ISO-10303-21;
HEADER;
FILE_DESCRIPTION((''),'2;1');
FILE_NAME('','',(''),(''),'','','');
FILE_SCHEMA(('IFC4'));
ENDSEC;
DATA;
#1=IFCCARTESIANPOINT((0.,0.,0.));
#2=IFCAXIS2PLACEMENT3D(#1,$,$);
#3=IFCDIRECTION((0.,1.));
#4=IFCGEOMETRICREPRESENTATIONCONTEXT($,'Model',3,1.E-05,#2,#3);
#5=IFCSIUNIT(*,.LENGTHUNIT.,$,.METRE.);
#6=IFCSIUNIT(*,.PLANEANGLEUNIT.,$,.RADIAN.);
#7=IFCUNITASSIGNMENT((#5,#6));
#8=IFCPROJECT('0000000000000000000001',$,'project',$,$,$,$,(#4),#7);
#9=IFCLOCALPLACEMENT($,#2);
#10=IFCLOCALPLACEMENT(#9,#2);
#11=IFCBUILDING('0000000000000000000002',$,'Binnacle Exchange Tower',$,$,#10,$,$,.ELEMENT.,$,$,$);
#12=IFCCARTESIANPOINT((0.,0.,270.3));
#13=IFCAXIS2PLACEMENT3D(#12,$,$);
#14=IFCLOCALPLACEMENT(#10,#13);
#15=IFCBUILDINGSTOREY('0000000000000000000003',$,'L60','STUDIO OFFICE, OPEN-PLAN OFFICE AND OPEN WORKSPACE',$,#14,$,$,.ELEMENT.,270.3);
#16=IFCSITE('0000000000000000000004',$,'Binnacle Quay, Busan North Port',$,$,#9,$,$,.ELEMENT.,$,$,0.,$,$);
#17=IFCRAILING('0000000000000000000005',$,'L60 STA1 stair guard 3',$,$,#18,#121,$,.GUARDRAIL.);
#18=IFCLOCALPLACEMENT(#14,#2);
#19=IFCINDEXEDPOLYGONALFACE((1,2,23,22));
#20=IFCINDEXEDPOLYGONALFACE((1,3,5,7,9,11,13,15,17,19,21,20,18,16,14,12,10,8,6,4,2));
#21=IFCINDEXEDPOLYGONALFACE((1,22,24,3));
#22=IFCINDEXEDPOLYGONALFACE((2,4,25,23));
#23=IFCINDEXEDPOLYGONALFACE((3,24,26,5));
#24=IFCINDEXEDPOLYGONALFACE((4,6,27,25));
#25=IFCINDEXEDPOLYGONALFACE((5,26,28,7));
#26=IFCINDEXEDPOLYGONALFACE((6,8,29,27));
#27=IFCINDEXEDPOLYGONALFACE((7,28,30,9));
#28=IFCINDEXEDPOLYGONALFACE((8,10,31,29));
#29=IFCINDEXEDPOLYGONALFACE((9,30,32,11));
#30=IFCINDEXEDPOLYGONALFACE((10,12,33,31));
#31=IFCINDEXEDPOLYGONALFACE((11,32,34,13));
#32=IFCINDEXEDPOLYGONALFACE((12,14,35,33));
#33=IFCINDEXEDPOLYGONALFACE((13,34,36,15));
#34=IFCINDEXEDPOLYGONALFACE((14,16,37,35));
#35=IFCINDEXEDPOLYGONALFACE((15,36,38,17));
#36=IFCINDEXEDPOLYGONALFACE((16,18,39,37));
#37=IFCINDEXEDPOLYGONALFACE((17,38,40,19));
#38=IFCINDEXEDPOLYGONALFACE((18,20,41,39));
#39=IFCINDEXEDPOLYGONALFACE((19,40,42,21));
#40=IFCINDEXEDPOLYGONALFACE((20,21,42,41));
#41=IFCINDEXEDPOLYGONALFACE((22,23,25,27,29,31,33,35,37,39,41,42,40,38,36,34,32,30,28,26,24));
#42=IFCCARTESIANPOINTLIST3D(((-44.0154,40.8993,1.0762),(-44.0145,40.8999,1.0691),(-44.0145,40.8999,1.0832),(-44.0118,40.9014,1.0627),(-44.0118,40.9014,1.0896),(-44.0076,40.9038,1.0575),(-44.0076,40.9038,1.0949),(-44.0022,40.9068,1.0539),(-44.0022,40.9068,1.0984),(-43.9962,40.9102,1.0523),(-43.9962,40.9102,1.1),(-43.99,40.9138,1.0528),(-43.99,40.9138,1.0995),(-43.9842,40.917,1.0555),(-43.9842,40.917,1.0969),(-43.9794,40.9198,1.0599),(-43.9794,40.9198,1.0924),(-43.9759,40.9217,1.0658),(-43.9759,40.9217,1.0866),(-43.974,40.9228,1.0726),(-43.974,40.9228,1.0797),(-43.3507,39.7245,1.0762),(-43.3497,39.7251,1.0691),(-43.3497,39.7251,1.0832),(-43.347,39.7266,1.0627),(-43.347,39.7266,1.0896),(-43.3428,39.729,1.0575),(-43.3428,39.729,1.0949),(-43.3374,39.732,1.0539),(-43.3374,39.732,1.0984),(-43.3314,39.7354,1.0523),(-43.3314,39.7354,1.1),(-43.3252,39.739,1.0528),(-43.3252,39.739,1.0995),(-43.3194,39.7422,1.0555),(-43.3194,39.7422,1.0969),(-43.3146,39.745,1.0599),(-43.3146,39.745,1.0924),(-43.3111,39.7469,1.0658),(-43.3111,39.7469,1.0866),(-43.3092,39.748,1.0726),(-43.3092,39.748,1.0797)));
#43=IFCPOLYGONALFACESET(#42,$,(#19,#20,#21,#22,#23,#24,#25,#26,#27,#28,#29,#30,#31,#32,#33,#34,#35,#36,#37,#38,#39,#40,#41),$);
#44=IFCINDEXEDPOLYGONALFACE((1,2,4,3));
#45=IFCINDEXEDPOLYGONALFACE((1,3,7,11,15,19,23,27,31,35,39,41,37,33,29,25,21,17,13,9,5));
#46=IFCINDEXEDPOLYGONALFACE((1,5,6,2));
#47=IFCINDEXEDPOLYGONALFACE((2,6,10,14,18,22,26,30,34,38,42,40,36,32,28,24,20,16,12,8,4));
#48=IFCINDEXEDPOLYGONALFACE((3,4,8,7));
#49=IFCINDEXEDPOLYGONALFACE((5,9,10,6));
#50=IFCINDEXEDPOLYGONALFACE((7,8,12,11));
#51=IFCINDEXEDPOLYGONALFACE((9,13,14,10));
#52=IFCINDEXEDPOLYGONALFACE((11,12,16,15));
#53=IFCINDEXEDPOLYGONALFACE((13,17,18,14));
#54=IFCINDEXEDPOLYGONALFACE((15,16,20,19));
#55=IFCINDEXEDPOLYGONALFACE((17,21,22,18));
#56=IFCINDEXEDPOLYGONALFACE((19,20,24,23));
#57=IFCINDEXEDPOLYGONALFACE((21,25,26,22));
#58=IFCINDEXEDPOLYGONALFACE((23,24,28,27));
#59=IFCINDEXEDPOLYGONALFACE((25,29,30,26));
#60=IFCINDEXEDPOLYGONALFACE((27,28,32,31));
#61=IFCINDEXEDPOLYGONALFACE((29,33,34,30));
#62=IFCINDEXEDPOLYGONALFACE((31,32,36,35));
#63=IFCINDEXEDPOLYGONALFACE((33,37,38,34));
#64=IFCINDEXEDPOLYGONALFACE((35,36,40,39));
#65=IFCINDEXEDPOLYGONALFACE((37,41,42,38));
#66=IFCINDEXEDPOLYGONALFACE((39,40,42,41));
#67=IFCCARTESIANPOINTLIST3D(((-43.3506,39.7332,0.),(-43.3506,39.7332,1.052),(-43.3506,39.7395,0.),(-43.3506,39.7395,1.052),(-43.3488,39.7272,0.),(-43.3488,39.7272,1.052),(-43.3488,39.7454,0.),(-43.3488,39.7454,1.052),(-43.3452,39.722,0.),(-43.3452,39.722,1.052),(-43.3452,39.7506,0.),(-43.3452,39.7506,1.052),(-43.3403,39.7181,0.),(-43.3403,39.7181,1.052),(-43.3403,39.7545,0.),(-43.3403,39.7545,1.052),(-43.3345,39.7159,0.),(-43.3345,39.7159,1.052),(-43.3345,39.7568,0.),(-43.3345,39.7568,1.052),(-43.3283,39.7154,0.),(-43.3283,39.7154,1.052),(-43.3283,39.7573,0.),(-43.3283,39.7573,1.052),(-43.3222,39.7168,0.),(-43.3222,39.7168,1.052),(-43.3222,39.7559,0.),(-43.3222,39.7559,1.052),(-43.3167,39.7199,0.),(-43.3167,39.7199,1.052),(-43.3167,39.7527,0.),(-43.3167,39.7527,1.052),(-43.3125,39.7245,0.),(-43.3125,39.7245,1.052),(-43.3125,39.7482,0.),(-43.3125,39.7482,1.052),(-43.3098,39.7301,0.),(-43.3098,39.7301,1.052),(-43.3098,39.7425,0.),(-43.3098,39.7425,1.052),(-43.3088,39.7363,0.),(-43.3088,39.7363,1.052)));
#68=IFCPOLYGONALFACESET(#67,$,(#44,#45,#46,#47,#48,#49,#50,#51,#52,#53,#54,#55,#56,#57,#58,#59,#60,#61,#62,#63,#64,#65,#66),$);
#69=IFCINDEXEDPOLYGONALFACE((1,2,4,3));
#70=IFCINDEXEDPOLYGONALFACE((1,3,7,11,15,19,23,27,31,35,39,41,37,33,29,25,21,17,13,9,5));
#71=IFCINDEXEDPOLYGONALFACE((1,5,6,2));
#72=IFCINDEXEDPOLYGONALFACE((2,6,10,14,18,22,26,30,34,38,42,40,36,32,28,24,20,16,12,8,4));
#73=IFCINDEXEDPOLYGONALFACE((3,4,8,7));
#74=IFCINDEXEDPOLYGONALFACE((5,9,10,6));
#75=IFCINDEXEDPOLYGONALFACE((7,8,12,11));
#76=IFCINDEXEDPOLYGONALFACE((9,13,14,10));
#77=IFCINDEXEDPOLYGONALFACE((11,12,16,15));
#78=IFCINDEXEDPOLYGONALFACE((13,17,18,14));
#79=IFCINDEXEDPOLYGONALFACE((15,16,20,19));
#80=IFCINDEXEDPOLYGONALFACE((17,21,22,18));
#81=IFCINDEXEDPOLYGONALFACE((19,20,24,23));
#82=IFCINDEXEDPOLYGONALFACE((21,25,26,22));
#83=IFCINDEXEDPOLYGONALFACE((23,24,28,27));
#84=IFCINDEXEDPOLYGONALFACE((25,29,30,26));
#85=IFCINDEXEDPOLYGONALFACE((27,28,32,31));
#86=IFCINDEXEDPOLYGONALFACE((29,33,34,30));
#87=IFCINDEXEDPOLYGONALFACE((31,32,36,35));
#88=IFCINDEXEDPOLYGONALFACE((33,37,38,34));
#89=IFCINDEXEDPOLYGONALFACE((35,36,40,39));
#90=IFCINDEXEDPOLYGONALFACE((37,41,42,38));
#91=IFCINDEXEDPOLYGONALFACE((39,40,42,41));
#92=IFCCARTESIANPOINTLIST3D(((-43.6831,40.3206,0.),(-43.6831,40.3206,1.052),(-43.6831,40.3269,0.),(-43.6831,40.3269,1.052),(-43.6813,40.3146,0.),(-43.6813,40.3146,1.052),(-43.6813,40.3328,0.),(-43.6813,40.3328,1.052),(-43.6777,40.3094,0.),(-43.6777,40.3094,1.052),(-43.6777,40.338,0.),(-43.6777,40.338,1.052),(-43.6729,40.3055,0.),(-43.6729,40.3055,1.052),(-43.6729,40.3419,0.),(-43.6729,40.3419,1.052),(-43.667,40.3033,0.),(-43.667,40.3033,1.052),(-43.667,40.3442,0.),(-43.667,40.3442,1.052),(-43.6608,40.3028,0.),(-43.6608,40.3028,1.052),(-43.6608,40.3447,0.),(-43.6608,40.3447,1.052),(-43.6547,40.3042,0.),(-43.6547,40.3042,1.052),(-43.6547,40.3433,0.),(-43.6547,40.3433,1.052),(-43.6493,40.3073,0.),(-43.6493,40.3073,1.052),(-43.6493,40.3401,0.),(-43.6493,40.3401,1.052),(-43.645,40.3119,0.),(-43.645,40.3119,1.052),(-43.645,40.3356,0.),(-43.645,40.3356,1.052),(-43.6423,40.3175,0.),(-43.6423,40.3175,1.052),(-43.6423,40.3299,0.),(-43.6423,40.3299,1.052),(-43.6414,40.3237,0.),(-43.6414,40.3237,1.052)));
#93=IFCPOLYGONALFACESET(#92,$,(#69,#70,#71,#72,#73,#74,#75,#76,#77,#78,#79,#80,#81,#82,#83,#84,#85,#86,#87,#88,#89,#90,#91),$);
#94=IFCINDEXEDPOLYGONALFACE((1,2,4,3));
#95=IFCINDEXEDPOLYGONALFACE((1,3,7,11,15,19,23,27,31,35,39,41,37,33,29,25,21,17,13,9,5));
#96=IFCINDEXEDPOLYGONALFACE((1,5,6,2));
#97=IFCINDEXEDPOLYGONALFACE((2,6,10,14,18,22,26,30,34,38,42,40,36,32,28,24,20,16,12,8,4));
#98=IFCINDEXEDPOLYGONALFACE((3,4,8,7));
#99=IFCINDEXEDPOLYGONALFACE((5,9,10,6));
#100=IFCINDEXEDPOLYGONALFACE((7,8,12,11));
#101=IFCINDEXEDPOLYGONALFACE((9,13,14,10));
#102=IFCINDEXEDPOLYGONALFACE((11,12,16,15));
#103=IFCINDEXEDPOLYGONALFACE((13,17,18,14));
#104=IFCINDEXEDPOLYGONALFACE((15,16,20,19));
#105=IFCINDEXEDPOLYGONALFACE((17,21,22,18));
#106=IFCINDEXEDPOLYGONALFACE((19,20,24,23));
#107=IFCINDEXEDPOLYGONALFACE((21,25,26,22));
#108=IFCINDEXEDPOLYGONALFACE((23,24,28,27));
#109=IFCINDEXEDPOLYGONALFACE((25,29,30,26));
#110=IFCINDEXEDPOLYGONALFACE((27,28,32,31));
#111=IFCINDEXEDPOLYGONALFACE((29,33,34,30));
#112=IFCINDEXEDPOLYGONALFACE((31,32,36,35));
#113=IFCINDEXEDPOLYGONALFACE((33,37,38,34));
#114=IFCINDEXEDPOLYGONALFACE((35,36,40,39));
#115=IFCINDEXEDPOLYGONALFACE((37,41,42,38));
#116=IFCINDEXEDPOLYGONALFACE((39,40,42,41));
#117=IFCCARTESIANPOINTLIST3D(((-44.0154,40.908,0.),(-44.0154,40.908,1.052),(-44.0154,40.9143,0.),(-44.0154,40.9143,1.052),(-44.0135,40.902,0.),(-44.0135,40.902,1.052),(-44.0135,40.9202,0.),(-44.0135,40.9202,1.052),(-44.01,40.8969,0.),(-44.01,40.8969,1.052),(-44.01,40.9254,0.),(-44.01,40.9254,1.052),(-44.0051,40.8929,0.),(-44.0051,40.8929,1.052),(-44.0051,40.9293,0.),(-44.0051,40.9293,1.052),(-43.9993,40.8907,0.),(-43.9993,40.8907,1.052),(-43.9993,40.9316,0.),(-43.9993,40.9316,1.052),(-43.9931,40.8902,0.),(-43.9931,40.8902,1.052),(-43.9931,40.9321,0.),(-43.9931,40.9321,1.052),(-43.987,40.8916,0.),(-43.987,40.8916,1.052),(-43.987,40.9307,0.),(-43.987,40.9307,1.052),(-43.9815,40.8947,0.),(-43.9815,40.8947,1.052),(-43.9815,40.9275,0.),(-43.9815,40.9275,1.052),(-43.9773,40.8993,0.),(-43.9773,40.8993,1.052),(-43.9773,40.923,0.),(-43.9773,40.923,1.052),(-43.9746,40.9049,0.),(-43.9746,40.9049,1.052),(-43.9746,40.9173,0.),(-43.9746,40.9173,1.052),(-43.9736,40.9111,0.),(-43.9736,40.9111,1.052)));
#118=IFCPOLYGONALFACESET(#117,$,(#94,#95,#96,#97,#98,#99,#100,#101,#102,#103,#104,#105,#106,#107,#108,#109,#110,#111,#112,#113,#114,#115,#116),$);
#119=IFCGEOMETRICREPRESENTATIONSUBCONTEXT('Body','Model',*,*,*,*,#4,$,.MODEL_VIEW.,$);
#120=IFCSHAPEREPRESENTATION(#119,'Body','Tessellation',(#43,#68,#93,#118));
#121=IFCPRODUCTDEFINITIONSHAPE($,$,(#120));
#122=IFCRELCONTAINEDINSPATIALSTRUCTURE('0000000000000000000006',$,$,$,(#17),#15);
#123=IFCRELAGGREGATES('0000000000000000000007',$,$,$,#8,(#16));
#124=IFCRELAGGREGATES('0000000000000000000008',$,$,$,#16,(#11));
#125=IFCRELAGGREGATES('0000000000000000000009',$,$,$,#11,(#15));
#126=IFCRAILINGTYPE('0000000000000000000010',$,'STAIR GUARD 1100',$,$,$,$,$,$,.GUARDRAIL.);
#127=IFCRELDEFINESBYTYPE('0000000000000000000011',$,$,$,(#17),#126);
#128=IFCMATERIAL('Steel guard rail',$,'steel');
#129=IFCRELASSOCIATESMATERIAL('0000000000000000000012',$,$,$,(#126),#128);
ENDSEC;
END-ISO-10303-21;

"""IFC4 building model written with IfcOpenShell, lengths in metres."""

from ifc_helpers import new_model, si_unit, direction, frame, origin, origin_2d, place, context, subcontext, project, spatial, circle, extrude, material, type_object, element, save


model = new_model("IFC4")

# Units and contexts
model_context = context("Model", 3, precision=1e-05, world=origin(), true_north=direction((0.0, 1.0)))
body_context = subcontext(model_context, "Body", "Model", "MODEL_VIEW")
ifc_project = project(units=[si_unit("LENGTHUNIT", "METRE"), si_unit("PLANEANGLEUNIT", "RADIAN")], contexts=[model_context])

# Site, building, storey
site_placement = place(None, origin())
site = spatial("IfcSite", under=ifc_project, at=site_placement, Name="Binnacle Quay, Busan North Port", CompositionType="ELEMENT", RefElevation=0.0)
building_placement = place(site_placement, origin())
building = spatial("IfcBuilding", under=site, at=building_placement, Name="Binnacle Exchange Tower", CompositionType="ELEMENT")
storey_placement = place(building_placement, frame((0.0, 0.0, 270.3)))
storey = spatial("IfcBuildingStorey", under=building, at=storey_placement, Name="L60", Description="STUDIO OFFICE, OPEN-PLAN OFFICE AND OPEN WORKSPACE", CompositionType="ELEMENT", Elevation=270.3)

# Railing
ifc_material_1 = material(Name="Steel guard rail", Category="steel")
railing_type = type_object("IfcRailingType", Name="STAIR GUARD 1100", PredefinedType="GUARDRAIL", material=ifc_material_1)
railing_placement = place(storey_placement, frame((-43.3298, 39.7363, 0.0)))
element("IfcRailing", 1, at=railing_placement, inside=storey, type_object=railing_type, Name="L60 STA1 stair guard 3", PredefinedType="GUARDRAIL", context=body_context, shape_type="SweptSolid", body=[
    extrude(circle(Radius=0.0239, at=origin_2d()), frame((0.0, 0.0, 1.0762), z_axis=(-0.492492, 0.870317, 0.0), x_axis=(-0.870317, -0.492492, 0.0)), (0.0, 0.0, 1.0), 1.3499),
    extrude(circle(Radius=0.021, at=origin_2d()), origin(), (0.0, 0.0, 1.0), 1.052),
    extrude(circle(Radius=0.021, at=origin_2d()), frame((-0.3325, 0.5874, 0.0)), (0.0, 0.0, 1.0), 1.052),
    extrude(circle(Radius=0.021, at=origin_2d()), frame((-0.6648, 1.1748, 0.0)), (0.0, 0.0, 1.0), 1.052),
])

save(model, "model.ifc")
